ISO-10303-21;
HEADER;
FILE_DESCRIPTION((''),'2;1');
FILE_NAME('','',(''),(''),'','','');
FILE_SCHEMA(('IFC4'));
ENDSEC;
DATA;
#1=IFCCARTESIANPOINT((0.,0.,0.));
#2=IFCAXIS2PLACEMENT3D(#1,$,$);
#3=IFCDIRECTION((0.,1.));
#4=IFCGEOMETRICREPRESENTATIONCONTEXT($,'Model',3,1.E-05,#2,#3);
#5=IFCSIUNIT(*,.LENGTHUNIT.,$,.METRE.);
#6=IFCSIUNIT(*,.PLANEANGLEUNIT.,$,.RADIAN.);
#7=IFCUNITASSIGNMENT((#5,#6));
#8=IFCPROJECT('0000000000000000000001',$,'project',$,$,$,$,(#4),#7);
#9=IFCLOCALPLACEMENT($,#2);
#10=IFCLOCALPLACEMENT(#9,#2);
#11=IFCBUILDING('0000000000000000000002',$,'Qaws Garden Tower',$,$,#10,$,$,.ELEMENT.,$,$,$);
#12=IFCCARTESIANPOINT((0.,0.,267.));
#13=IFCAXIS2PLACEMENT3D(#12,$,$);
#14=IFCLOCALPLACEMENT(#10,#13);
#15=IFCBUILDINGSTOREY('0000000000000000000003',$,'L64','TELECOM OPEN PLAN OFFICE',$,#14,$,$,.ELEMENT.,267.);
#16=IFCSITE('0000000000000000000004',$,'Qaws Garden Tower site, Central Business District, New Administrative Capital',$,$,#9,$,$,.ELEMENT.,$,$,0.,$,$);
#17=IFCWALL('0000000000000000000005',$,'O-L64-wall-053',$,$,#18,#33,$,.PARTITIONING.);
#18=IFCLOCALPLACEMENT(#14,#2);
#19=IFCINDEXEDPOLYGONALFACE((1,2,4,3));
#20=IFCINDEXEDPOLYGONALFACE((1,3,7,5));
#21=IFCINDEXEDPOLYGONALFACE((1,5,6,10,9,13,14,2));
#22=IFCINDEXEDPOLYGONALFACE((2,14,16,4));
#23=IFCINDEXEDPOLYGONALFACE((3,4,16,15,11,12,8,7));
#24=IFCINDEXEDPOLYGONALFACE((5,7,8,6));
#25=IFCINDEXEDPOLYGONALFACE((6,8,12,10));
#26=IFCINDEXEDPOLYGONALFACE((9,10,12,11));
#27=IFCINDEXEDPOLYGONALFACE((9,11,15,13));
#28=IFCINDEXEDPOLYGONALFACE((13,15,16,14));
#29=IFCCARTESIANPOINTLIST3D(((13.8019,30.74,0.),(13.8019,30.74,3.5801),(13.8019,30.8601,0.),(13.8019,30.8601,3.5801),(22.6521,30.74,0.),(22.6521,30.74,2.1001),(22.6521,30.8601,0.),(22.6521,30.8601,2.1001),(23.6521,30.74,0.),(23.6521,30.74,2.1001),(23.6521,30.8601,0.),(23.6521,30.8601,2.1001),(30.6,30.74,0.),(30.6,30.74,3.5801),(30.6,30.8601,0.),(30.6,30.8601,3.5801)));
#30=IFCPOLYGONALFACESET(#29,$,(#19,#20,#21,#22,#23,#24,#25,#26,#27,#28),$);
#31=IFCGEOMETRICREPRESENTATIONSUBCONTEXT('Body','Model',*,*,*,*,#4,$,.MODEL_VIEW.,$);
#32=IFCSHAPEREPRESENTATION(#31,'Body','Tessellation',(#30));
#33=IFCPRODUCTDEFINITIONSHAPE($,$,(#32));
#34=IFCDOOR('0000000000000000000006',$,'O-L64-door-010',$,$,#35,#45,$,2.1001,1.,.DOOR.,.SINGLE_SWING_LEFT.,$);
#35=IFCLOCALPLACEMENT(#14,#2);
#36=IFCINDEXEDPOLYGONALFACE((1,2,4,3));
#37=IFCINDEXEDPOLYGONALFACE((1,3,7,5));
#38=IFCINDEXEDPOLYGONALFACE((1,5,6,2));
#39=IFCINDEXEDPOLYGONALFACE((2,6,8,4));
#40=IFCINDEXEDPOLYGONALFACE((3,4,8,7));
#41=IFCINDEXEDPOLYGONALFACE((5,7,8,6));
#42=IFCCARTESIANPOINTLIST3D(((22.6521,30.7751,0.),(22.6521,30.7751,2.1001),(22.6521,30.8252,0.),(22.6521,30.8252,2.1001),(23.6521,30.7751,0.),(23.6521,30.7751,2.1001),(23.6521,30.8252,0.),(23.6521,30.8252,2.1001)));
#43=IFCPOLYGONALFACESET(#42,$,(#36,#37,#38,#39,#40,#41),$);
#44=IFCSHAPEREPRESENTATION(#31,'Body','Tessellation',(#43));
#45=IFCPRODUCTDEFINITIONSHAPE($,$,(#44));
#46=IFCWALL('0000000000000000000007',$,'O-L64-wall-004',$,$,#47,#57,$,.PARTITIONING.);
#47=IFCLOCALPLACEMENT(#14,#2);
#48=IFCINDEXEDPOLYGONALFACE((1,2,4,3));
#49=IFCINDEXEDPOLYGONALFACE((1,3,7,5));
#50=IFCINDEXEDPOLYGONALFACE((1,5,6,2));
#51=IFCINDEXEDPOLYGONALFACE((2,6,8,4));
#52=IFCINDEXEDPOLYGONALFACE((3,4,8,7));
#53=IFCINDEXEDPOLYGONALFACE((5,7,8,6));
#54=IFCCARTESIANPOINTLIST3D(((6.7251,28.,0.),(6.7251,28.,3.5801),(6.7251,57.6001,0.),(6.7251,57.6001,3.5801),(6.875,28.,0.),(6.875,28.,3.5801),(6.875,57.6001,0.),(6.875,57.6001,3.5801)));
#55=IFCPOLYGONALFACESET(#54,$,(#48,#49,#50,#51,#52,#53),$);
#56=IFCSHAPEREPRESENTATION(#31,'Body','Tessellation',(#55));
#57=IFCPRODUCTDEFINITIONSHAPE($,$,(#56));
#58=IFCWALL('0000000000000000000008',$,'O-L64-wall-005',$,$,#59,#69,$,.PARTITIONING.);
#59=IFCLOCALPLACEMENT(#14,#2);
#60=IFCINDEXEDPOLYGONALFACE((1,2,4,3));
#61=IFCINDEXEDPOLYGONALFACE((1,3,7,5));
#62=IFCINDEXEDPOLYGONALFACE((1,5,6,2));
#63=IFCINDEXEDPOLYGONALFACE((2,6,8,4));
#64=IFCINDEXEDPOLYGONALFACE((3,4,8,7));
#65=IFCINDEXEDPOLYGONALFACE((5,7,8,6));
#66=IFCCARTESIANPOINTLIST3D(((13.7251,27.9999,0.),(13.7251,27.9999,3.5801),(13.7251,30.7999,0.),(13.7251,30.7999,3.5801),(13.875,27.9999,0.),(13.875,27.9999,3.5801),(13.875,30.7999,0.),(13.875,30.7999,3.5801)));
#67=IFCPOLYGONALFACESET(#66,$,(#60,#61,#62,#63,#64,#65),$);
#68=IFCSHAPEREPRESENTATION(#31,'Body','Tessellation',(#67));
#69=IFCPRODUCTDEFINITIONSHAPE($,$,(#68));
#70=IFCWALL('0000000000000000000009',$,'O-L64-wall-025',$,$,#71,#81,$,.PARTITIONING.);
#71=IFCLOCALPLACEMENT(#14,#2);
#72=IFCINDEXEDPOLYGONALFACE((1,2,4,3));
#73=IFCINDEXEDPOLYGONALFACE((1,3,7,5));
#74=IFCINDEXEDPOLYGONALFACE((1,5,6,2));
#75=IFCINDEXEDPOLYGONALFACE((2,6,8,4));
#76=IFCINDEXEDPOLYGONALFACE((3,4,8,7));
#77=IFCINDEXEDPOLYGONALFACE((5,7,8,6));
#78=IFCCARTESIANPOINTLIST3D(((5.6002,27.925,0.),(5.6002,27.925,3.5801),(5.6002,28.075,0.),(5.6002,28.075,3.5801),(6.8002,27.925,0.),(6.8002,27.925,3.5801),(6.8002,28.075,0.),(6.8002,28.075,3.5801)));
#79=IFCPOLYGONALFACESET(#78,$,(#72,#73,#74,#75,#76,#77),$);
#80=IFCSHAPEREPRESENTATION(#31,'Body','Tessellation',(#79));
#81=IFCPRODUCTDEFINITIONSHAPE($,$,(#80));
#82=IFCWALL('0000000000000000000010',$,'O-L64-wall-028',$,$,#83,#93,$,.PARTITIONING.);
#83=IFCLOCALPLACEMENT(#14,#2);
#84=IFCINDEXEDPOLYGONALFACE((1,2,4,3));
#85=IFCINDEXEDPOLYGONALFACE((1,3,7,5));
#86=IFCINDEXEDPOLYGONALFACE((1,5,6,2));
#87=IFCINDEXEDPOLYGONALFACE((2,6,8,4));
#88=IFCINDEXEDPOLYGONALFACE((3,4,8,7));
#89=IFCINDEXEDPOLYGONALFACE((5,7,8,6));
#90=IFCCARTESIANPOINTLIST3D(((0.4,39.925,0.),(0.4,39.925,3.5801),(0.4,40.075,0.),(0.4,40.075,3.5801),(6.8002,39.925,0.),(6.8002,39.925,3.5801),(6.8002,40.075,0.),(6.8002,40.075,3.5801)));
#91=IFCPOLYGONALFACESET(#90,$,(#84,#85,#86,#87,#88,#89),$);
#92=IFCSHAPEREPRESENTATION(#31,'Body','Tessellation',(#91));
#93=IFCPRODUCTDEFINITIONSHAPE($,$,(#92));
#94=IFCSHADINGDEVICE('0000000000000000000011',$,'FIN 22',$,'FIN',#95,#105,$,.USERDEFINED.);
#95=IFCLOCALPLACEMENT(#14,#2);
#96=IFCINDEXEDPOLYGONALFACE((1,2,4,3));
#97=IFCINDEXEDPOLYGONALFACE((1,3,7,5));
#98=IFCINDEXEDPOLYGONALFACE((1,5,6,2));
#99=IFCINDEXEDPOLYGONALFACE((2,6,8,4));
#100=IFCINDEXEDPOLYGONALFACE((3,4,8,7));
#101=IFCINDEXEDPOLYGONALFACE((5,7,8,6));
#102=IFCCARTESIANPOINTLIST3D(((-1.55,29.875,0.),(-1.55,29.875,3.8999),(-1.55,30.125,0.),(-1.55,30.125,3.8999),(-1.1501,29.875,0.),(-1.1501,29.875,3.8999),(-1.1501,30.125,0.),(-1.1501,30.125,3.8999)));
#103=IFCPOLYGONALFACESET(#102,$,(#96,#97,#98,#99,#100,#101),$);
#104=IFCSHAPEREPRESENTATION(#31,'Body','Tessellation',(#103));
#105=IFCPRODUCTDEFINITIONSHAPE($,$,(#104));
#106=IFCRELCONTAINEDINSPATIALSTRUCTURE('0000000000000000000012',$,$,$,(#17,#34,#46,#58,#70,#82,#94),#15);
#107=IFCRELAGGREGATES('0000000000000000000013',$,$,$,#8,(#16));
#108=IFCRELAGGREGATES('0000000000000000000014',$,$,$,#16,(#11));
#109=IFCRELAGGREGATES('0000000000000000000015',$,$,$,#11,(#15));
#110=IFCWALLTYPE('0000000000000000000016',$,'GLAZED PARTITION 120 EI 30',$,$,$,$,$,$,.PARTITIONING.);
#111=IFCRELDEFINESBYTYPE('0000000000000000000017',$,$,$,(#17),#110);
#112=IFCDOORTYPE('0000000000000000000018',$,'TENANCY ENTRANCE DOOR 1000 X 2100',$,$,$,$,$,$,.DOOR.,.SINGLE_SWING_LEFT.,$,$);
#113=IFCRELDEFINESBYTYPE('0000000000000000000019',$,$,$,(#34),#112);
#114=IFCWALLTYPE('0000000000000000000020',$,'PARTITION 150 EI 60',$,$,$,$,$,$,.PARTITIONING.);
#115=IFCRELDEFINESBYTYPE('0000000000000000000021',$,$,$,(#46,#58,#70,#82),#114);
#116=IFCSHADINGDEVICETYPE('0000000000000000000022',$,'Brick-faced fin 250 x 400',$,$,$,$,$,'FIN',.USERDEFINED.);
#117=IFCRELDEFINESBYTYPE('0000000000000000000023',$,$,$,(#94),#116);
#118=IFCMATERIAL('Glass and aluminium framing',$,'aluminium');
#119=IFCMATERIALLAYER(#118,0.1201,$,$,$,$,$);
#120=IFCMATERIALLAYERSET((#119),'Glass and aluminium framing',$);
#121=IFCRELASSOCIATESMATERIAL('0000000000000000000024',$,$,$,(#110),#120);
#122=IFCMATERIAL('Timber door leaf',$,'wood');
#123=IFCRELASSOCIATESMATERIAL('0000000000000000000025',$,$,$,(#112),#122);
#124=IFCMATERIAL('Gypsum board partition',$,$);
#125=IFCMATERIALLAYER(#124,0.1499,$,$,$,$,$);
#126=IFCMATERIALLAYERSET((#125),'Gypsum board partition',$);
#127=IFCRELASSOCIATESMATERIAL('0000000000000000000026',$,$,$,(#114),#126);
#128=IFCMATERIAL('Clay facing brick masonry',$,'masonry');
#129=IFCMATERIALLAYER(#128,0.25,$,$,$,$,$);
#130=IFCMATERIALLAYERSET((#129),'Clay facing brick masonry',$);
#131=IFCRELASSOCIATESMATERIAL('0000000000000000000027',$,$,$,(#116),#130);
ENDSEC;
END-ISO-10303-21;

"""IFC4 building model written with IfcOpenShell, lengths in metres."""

from ifc_helpers import new_model, si_unit, direction, frame, frame_2d, origin, origin_2d, place, context, subcontext, project, spatial, rectangle, extrude, material, layer, layer_set, type_object, element, fill, save


model = new_model("IFC4")

# Units and contexts
model_context = context("Model", 3, precision=1e-05, world=origin(), true_north=direction((0.0, 1.0)))
body_context = subcontext(model_context, "Body", "Model", "MODEL_VIEW")
ifc_project = project(units=[si_unit("LENGTHUNIT", "METRE"), si_unit("PLANEANGLEUNIT", "RADIAN")], contexts=[model_context])

# Site, building, storey
site_placement = place(None, origin())
site = spatial("IfcSite", under=ifc_project, at=site_placement, Name="Qaws Garden Tower site, Central Business District, New Administrative Capital", CompositionType="ELEMENT", RefElevation=0.0)
building_placement = place(site_placement, origin())
building = spatial("IfcBuilding", under=site, at=building_placement, Name="Qaws Garden Tower", CompositionType="ELEMENT")
storey_placement = place(building_placement, frame((0.0, 0.0, 267.0)))
storey = spatial("IfcBuildingStorey", under=building, at=storey_placement, Name="L64", Description="TELECOM OPEN PLAN OFFICE", CompositionType="ELEMENT", Elevation=267.0)

# Shared definitions
ifc_material_1 = material(Name="Glass and aluminium framing", Category="aluminium")
ifc_layer_1 = layer(ifc_material_1, 0.1201)
ifc_layer_set_1 = layer_set([ifc_layer_1], Name="Glass and aluminium framing")
wall_type_1 = type_object("IfcWallType", Name="GLAZED PARTITION 120 EI 30", PredefinedType="PARTITIONING", material=ifc_layer_set_1)
ifc_material_2 = material(Name="Timber door leaf", Category="wood")
door_type = type_object("IfcDoorType", Name="TENANCY ENTRANCE DOOR 1000 X 2100", OperationType="SINGLE_SWING_LEFT", PredefinedType="DOOR", material=ifc_material_2)

# Wall, opening, door
wall_1_placement = place(storey_placement, frame((13.802, 30.8, 0.0), z_axis=(0.0, 0.0, 1.0), x_axis=(1.0, 0.0, 0.0)))
wall_1 = element("IfcWall", 1, at=wall_1_placement, inside=storey, type_object=wall_type_1, Name="O-L64-wall-053", PredefinedType="PARTITIONING", context=body_context, shape_type="SweptSolid", body=[
    extrude(rectangle(XDim=16.7981, YDim=0.1201, at=frame_2d((8.3989, 0.0))), origin(), (0.0, 0.0, 1.0), 3.5801),
])
opening_1_placement = place(wall_1_placement, frame((8.8501, 0.0, 0.0)))
opening_1 = element("IfcOpeningElement", 2, at=opening_1_placement, cuts=wall_1, PredefinedType="OPENING", context=body_context, shape_type="SweptSolid", body=[
    extrude(rectangle(XDim=1.0, YDim=2.1001, at=frame_2d((0.5, 1.05))), frame((0.0, 0.0701, 0.0), z_axis=(0.0, -1.0, 0.0), x_axis=(1.0, 0.0, 0.0)), (0.0, 0.0, 1.0), 0.1401),
])
door_1_placement = place(opening_1_placement, frame((1.0, 0.0, 0.0), z_axis=(0.0, 0.0, 1.0), x_axis=(-1.0, 0.0, 0.0)))
door_1 = element("IfcDoor", 3, at=door_1_placement, inside=storey, type_object=door_type, Name="O-L64-door-010", OperationType="SINGLE_SWING_LEFT", OverallHeight=2.1001, OverallWidth=1.0, PredefinedType="DOOR", context=body_context, shape_type="SweptSolid", body=[
    extrude(rectangle(XDim=1.0, YDim=2.1001, at=frame_2d((0.5, 1.05))), frame((0.0, 0.0249, 0.0), z_axis=(0.0, -1.0, 0.0), x_axis=(1.0, 0.0, 0.0)), (0.0, 0.0, 1.0), 0.05),
])
fill(opening_1, door_1)

# Walls
ifc_material_3 = material(Name="Gypsum board partition")
ifc_layer_2 = layer(ifc_material_3, 0.1499)
ifc_layer_set_2 = layer_set([ifc_layer_2], Name="Gypsum board partition")
wall_type_2 = type_object("IfcWallType", Name="PARTITION 150 EI 60", PredefinedType="PARTITIONING", material=ifc_layer_set_2)
wall_2_placement = place(storey_placement, frame((6.8, 28.0, 0.0), z_axis=(0.0, 0.0, 1.0), x_axis=(0.0, 1.0, 0.0)))
element("IfcWall", 4, at=wall_2_placement, inside=storey, type_object=wall_type_2, Name="O-L64-wall-004", PredefinedType="PARTITIONING", context=body_context, shape_type="SweptSolid", body=[
    extrude(rectangle(XDim=29.6001, YDim=0.1499, at=frame_2d((14.8, 0.0))), origin(), (0.0, 0.0, 1.0), 3.5801),
])
wall_3_placement = place(storey_placement, frame((13.8, 28.0, 0.0), z_axis=(0.0, 0.0, 1.0), x_axis=(0.0, 1.0, 0.0)))
element("IfcWall", 5, at=wall_3_placement, inside=storey, type_object=wall_type_2, Name="O-L64-wall-005", PredefinedType="PARTITIONING", context=body_context, shape_type="SweptSolid", body=[
    extrude(rectangle(XDim=2.8, YDim=0.1499, at=frame_2d((1.3999, 0.0))), origin(), (0.0, 0.0, 1.0), 3.5801),
])
wall_4_placement = place(storey_placement, frame((5.6001, 28.0, 0.0), z_axis=(0.0, 0.0, 1.0), x_axis=(1.0, 0.0, 0.0)))
element("IfcWall", 6, at=wall_4_placement, inside=storey, type_object=wall_type_2, Name="O-L64-wall-025", PredefinedType="PARTITIONING", context=body_context, shape_type="SweptSolid", body=[
    extrude(rectangle(XDim=1.2, YDim=0.1499, at=frame_2d((0.6001, 0.0))), origin(), (0.0, 0.0, 1.0), 3.5801),
])
wall_5_placement = place(storey_placement, frame((0.3999, 40.0, 0.0), z_axis=(0.0, 0.0, 1.0), x_axis=(1.0, 0.0, 0.0)))
element("IfcWall", 7, at=wall_5_placement, inside=storey, type_object=wall_type_2, Name="O-L64-wall-028", PredefinedType="PARTITIONING", context=body_context, shape_type="SweptSolid", body=[
    extrude(rectangle(XDim=6.4001, YDim=0.1499, at=frame_2d((3.2002, 0.0))), origin(), (0.0, 0.0, 1.0), 3.5801),
])

# Shading device
ifc_material_4 = material(Name="Clay facing brick masonry", Category="masonry")
ifc_layer_3 = layer(ifc_material_4, 0.25)
ifc_layer_set_3 = layer_set([ifc_layer_3], Name="Clay facing brick masonry")
shading_device_type = type_object("IfcShadingDeviceType", Name="Brick-faced fin 250 x 400", ElementType="FIN", PredefinedType="USERDEFINED", material=ifc_layer_set_3)
shading_device_placement = place(storey_placement, frame((-1.3501, 30.0, 0.0), z_axis=(0.0, 0.0, 1.0), x_axis=(0.0, -1.0, 0.0)))
element("IfcShadingDevice", 8, at=shading_device_placement, inside=storey, type_object=shading_device_type, Name="FIN 22", ObjectType="FIN", PredefinedType="USERDEFINED", context=body_context, shape_type="SweptSolid", body=[
    extrude(rectangle(XDim=0.25, YDim=0.3999, at=origin_2d()), origin(), (0.0, 0.0, 1.0), 3.8999),
])

save(model, "model.ifc")
